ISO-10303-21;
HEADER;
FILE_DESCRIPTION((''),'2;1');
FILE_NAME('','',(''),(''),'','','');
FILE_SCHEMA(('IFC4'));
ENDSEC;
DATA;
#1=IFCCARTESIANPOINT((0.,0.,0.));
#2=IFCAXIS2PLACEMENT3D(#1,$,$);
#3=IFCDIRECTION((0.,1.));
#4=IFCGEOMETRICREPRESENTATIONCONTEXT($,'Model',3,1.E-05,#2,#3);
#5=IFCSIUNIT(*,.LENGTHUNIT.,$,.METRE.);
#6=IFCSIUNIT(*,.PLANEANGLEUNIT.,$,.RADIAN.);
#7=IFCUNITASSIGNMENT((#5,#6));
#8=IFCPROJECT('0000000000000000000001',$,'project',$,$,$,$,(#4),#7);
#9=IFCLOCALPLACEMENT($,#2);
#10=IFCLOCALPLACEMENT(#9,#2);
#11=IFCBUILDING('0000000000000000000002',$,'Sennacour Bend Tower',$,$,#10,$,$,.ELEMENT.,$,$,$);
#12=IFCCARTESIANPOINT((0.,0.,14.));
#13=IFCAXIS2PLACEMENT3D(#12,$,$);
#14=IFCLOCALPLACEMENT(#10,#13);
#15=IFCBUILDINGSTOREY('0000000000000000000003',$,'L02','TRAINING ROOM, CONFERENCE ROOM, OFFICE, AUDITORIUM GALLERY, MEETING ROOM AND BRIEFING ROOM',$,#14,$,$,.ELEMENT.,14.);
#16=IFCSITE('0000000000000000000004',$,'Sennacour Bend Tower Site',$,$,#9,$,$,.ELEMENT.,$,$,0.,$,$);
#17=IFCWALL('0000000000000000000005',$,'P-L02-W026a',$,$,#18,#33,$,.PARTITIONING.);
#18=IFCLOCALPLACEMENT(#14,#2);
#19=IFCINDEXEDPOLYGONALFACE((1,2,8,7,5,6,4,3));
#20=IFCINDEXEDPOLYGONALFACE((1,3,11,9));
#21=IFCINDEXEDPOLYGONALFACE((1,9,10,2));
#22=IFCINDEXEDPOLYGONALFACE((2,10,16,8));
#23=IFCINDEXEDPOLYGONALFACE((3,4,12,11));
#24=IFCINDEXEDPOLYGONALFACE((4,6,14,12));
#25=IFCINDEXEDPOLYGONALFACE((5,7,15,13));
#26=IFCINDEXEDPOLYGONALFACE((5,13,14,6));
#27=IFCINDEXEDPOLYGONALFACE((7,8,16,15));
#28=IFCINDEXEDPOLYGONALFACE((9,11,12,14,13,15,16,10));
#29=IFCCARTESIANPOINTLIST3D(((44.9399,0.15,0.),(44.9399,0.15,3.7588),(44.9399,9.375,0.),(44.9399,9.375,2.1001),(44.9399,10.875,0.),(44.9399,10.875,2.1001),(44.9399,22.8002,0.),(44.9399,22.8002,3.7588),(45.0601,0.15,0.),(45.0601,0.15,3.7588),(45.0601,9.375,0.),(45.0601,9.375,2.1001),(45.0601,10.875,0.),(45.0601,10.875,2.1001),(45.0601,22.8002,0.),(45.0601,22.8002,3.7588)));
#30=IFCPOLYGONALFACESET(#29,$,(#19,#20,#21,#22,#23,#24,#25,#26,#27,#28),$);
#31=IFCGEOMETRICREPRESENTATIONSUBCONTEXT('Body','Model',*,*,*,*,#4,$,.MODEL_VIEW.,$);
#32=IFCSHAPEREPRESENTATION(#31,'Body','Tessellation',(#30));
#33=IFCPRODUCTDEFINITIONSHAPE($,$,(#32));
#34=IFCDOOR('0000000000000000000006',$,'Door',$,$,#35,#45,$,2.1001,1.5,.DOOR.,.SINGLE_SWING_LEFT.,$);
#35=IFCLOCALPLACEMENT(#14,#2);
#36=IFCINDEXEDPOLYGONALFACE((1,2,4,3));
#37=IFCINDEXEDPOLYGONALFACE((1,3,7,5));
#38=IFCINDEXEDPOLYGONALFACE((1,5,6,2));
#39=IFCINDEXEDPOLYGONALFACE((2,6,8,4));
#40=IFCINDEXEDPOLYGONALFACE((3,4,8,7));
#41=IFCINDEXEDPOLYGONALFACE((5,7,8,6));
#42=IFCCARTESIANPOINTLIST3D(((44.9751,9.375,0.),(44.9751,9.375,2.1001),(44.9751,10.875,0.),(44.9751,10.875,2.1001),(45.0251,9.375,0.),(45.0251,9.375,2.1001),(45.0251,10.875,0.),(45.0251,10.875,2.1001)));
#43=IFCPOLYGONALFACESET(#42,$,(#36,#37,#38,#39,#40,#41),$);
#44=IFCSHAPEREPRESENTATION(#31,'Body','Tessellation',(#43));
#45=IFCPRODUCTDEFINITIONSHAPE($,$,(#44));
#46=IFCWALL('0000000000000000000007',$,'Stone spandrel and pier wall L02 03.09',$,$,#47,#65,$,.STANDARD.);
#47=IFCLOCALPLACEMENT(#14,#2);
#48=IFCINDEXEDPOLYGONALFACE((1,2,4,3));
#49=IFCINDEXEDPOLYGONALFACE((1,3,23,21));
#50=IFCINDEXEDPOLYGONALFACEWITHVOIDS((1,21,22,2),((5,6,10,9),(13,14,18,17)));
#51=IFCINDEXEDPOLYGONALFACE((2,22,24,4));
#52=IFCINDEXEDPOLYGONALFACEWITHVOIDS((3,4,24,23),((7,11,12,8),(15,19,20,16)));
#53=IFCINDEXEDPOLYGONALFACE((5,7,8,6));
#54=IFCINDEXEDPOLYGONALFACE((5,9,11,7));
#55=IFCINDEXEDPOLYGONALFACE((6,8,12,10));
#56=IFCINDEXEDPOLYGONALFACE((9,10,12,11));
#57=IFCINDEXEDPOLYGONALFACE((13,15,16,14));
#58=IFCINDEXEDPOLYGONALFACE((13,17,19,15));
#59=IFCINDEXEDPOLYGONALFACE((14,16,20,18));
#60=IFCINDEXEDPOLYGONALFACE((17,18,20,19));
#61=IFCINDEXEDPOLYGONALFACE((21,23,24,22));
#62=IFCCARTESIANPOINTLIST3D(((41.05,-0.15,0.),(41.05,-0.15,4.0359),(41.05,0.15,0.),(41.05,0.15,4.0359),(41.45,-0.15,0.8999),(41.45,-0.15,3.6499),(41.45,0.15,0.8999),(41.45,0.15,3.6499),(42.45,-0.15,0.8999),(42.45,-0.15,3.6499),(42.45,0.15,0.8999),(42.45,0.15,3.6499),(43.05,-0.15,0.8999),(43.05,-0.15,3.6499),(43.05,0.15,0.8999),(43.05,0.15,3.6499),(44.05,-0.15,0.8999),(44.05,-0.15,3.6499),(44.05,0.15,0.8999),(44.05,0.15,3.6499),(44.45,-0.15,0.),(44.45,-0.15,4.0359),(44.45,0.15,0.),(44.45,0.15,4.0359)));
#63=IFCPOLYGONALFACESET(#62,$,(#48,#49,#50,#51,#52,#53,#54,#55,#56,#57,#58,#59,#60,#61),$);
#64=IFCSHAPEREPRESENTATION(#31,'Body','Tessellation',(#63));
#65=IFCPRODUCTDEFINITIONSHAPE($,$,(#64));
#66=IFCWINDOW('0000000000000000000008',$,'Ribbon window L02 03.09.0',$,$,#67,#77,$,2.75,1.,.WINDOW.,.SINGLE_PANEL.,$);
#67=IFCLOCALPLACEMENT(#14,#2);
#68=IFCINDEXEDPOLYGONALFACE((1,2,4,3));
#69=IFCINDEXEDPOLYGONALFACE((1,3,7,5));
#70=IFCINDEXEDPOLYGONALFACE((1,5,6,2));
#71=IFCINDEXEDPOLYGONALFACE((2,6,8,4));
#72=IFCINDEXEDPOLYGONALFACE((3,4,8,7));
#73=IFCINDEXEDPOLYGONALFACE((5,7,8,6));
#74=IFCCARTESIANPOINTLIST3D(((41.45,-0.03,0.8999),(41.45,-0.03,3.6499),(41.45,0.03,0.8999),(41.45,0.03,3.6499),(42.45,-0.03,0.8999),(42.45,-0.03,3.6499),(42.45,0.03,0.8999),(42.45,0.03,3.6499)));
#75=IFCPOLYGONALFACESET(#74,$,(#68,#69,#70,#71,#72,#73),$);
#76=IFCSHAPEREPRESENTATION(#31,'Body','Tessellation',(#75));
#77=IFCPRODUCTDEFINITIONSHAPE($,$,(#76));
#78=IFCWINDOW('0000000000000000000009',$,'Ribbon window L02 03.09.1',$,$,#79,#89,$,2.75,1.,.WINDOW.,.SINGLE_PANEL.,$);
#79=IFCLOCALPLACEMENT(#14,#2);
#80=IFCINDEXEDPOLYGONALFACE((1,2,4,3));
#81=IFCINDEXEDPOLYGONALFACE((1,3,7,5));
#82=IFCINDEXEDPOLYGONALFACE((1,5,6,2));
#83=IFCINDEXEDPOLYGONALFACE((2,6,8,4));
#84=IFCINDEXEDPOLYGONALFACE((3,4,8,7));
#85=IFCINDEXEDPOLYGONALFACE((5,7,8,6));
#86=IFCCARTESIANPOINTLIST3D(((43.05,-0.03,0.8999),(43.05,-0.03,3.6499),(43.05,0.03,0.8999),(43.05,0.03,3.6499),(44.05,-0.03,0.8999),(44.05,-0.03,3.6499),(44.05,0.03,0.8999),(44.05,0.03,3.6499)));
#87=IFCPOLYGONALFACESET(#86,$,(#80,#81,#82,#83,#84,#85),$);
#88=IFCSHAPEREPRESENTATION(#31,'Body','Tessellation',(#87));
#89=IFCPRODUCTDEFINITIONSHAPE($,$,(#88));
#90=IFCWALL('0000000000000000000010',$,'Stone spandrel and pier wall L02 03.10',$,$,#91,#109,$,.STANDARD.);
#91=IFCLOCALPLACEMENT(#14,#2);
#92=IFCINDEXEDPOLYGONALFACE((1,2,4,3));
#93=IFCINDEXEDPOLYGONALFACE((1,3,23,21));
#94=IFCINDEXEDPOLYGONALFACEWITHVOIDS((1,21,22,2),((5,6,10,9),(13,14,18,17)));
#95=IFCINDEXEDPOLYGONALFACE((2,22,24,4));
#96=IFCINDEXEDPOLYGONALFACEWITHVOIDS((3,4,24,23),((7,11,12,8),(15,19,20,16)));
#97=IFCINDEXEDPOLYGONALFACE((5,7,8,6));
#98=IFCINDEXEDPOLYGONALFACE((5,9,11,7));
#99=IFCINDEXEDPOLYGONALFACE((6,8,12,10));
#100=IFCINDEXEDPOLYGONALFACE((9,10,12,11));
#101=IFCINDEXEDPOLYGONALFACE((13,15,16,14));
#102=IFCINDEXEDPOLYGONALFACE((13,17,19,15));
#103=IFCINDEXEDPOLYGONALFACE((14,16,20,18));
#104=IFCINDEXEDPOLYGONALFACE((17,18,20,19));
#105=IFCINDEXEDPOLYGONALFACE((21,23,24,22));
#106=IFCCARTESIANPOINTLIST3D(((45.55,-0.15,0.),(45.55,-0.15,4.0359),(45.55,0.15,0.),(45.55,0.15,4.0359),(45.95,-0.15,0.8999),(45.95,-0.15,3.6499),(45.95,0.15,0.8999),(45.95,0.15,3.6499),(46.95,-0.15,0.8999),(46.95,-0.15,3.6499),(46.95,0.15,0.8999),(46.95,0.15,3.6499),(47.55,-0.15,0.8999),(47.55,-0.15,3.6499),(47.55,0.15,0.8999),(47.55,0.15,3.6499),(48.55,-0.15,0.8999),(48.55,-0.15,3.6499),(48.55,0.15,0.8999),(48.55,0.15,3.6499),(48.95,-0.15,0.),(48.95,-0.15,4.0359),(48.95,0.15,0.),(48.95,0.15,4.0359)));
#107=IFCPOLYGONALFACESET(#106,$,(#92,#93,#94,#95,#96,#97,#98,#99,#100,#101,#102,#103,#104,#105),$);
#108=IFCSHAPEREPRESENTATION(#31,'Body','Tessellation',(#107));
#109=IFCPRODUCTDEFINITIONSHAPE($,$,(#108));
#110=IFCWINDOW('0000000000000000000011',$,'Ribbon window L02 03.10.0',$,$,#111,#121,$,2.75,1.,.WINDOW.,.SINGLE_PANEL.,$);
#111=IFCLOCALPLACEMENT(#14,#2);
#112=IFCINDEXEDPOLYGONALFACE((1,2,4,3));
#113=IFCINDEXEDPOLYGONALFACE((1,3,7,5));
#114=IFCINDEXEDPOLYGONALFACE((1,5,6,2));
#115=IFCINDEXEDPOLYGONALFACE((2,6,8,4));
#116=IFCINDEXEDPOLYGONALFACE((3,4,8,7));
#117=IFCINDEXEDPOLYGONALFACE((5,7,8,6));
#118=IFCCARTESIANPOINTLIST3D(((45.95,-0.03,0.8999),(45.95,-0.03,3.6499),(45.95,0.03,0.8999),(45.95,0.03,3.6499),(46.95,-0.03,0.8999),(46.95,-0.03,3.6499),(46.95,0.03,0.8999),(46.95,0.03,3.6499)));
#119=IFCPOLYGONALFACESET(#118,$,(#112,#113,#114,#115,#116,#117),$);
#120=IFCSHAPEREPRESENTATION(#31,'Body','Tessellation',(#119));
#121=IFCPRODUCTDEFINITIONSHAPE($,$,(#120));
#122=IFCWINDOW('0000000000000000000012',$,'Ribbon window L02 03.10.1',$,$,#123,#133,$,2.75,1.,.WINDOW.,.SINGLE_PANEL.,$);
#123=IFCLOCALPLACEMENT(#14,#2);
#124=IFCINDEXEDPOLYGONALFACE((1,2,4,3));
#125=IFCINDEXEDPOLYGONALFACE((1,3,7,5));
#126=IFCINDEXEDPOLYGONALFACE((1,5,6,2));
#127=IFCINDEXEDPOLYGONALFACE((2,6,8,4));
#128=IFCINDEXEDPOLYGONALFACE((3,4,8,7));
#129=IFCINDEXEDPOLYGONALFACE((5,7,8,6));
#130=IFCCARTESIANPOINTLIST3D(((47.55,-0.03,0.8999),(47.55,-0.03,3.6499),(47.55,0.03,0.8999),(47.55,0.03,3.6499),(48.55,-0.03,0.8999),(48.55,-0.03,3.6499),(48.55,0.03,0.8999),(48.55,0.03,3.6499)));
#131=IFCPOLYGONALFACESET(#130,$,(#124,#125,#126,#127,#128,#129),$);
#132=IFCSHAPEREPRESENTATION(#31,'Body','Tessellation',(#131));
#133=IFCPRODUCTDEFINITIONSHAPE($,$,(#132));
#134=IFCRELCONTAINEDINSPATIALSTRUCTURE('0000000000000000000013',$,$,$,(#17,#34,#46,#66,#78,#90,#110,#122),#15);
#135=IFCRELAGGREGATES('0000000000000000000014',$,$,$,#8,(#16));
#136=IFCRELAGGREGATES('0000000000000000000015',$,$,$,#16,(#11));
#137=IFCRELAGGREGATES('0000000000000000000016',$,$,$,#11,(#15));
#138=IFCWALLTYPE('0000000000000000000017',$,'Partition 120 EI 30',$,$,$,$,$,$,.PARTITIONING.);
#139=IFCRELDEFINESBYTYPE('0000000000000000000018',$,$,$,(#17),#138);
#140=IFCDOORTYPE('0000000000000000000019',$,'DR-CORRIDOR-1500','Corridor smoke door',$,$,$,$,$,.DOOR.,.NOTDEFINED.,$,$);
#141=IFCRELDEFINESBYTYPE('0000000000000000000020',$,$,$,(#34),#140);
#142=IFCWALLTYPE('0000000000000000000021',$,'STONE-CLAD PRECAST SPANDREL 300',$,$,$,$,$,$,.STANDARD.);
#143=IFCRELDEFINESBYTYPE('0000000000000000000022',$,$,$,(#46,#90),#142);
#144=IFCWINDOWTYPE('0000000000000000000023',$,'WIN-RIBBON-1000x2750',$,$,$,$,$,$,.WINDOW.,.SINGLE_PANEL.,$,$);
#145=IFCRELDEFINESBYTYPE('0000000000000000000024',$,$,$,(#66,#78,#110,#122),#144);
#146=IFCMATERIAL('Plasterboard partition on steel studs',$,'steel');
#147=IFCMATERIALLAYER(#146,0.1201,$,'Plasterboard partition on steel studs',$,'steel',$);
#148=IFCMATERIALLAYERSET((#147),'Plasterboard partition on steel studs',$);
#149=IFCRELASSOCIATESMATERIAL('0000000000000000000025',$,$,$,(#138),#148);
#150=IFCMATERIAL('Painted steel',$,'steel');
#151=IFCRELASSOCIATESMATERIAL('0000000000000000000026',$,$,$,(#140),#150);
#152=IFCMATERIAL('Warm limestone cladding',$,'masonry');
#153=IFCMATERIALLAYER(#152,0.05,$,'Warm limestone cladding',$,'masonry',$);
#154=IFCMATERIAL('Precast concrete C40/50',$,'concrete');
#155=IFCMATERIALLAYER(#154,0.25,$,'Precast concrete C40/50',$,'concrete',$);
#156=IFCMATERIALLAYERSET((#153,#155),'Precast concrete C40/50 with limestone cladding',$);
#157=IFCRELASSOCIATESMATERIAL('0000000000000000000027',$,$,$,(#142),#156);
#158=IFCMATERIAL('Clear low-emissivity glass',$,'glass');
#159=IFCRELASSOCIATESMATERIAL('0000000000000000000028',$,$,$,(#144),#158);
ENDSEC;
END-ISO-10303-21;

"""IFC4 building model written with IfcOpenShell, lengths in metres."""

from ifc_helpers import new_model, si_unit, direction, frame, frame_2d, origin, place, context, subcontext, project, spatial, rectangle, extrude, material, layer, layer_set, type_object, element, fill, save


model = new_model("IFC4")

# Units and contexts
model_context = context("Model", 3, precision=1e-05, world=origin(), true_north=direction((0.0, 1.0)))
body_context = subcontext(model_context, "Body", "Model", "MODEL_VIEW")
ifc_project = project(units=[si_unit("LENGTHUNIT", "METRE"), si_unit("PLANEANGLEUNIT", "RADIAN")], contexts=[model_context])

# Site, building, storey
site_placement = place(None, origin())
site = spatial("IfcSite", under=ifc_project, at=site_placement, Name="Sennacour Bend Tower Site", CompositionType="ELEMENT", RefElevation=0.0)
building_placement = place(site_placement, origin())
building = spatial("IfcBuilding", under=site, at=building_placement, Name="Sennacour Bend Tower", CompositionType="ELEMENT")
storey_placement = place(building_placement, frame((0.0, 0.0, 14.0)))
storey = spatial("IfcBuildingStorey", under=building, at=storey_placement, Name="L02", Description="TRAINING ROOM, CONFERENCE ROOM, OFFICE, AUDITORIUM GALLERY, MEETING ROOM AND BRIEFING ROOM", CompositionType="ELEMENT", Elevation=14.0)

# Shared definitions
ifc_material_1 = material(Name="Plasterboard partition on steel studs", Category="steel")

# Wall, opening, door
ifc_layer_1 = layer(ifc_material_1, 0.1201, Name="Plasterboard partition on steel studs", Category="steel")
ifc_layer_set_1 = layer_set([ifc_layer_1], Name="Plasterboard partition on steel studs")
wall_type_1 = type_object("IfcWallType", Name="Partition 120 EI 30", PredefinedType="PARTITIONING", material=ifc_layer_set_1)
wall_1_placement = place(storey_placement, frame((45.0, 0.1499, 0.0), z_axis=(0.0, 0.0, 1.0), x_axis=(0.0, 1.0, 0.0)))
wall_1 = element("IfcWall", 1, at=wall_1_placement, inside=storey, type_object=wall_type_1, Name="P-L02-W026a", PredefinedType="PARTITIONING", context=body_context, shape_type="SweptSolid", body=[
    extrude(rectangle(XDim=22.6501, YDim=0.1201, at=frame_2d((11.3252, 0.0))), origin(), (0.0, 0.0, 1.0), 3.7588),
])
opening_1_placement = place(wall_1_placement, frame((9.2251, 0.0, 0.0)))
opening_1 = element("IfcOpeningElement", 2, at=opening_1_placement, cuts=wall_1, PredefinedType="OPENING", context=body_context, shape_type="SweptSolid", body=[
    extrude(rectangle(XDim=1.5, YDim=2.1001, at=frame_2d((0.75, 1.05))), frame((0.0, 0.0701, 0.0), z_axis=(0.0, -1.0, 0.0), x_axis=(1.0, 0.0, 0.0)), (0.0, 0.0, 1.0), 0.1401),
])
ifc_material_2 = material(Name="Painted steel", Category="steel")
door_type = type_object("IfcDoorType", Name="DR-CORRIDOR-1500", Description="Corridor smoke door", OperationType="NOTDEFINED", PredefinedType="DOOR", material=ifc_material_2)
door_placement = place(opening_1_placement, origin())
door = element("IfcDoor", 3, at=door_placement, inside=storey, type_object=door_type, Name="Door", OperationType="SINGLE_SWING_LEFT", OverallHeight=2.1001, OverallWidth=1.5, PredefinedType="DOOR", context=body_context, shape_type="SweptSolid", body=[
    extrude(rectangle(XDim=1.5, YDim=2.1001, at=frame_2d((0.75, 1.05))), frame((0.0, 0.0249, 0.0), z_axis=(0.0, -1.0, 0.0), x_axis=(1.0, 0.0, 0.0)), (0.0, 0.0, 1.0), 0.05),
])
fill(opening_1, door)

# Walls, openings, windows
ifc_material_3 = material(Name="Warm limestone cladding", Category="masonry")
ifc_layer_2 = layer(ifc_material_3, 0.05, Name="Warm limestone cladding", Category="masonry")
ifc_material_4 = material(Name="Precast concrete C40/50", Category="concrete")
ifc_layer_3 = layer(ifc_material_4, 0.25, Name="Precast concrete C40/50", Category="concrete")
ifc_layer_set_2 = layer_set([ifc_layer_2, ifc_layer_3], Name="Precast concrete C40/50 with limestone cladding")
wall_type_2 = type_object("IfcWallType", Name="STONE-CLAD PRECAST SPANDREL 300", PredefinedType="STANDARD", material=ifc_layer_set_2)
wall_2_placement = place(storey_placement, frame((41.05, 0.0, 0.0), z_axis=(0.0, 0.0, 1.0), x_axis=(1.0, 0.0, 0.0)))
wall_2 = element("IfcWall", 4, at=wall_2_placement, inside=storey, type_object=wall_type_2, Name="Stone spandrel and pier wall L02 03.09", PredefinedType="STANDARD", context=body_context, shape_type="SweptSolid", body=[
    extrude(rectangle(XDim=3.3999, YDim=0.3, at=frame_2d((1.7, 0.0))), origin(), (0.0, 0.0, 1.0), 4.0359),
])
opening_2_placement = place(wall_2_placement, frame((0.3999, 0.0, 0.8999)))
opening_2 = element("IfcOpeningElement", 5, at=opening_2_placement, cuts=wall_2, PredefinedType="OPENING", context=body_context, shape_type="SweptSolid", body=[
    extrude(rectangle(XDim=1.0, YDim=2.75, at=frame_2d((0.5, 1.375))), frame((0.0, 0.1602, 0.0), z_axis=(0.0, -1.0, 0.0), x_axis=(1.0, 0.0, 0.0)), (0.0, 0.0, 1.0), 0.3201),
])
opening_3_placement = place(wall_2_placement, frame((2.0, 0.0, 0.8999)))
opening_3 = element("IfcOpeningElement", 6, at=opening_3_placement, cuts=wall_2, PredefinedType="OPENING", context=body_context, shape_type="SweptSolid", body=[
    extrude(rectangle(XDim=1.0, YDim=2.75, at=frame_2d((0.5, 1.375))), frame((0.0, 0.1602, 0.0), z_axis=(0.0, -1.0, 0.0), x_axis=(1.0, 0.0, 0.0)), (0.0, 0.0, 1.0), 0.3201),
])
ifc_material_5 = material(Name="Clear low-emissivity glass", Category="glass")
window_type = type_object("IfcWindowType", Name="WIN-RIBBON-1000x2750", PartitioningType="SINGLE_PANEL", PredefinedType="WINDOW", material=ifc_material_5)
window_1_placement = place(opening_2_placement, origin())
window_1 = element("IfcWindow", 7, at=window_1_placement, inside=storey, type_object=window_type, Name="Ribbon window L02 03.09.0", OverallHeight=2.75, OverallWidth=1.0, PartitioningType="SINGLE_PANEL", PredefinedType="WINDOW", context=body_context, shape_type="SweptSolid", body=[
    extrude(rectangle(XDim=1.0, YDim=2.75, at=frame_2d((0.5, 1.375))), frame((0.0, 0.03, 0.0), z_axis=(0.0, -1.0, 0.0), x_axis=(1.0, 0.0, 0.0)), (0.0, 0.0, 1.0), 0.0601),
])
fill(opening_2, window_1)
window_2_placement = place(opening_3_placement, origin())
window_2 = element("IfcWindow", 8, at=window_2_placement, inside=storey, type_object=window_type, Name="Ribbon window L02 03.09.1", OverallHeight=2.75, OverallWidth=1.0, PartitioningType="SINGLE_PANEL", PredefinedType="WINDOW", context=body_context, shape_type="SweptSolid", body=[
    extrude(rectangle(XDim=1.0, YDim=2.75, at=frame_2d((0.5, 1.375))), frame((0.0, 0.03, 0.0), z_axis=(0.0, -1.0, 0.0), x_axis=(1.0, 0.0, 0.0)), (0.0, 0.0, 1.0), 0.0601),
])
fill(opening_3, window_2)
wall_3_placement = place(storey_placement, frame((45.55, 0.0, 0.0), z_axis=(0.0, 0.0, 1.0), x_axis=(1.0, 0.0, 0.0)))
wall_3 = element("IfcWall", 9, at=wall_3_placement, inside=storey, type_object=wall_type_2, Name="Stone spandrel and pier wall L02 03.10", PredefinedType="STANDARD", context=body_context, shape_type="SweptSolid", body=[
    extrude(rectangle(XDim=3.3999, YDim=0.3, at=frame_2d((1.7, 0.0))), origin(), (0.0, 0.0, 1.0), 4.0359),
])
opening_4_placement = place(wall_3_placement, frame((0.3999, 0.0, 0.8999)))
opening_4 = element("IfcOpeningElement", 10, at=opening_4_placement, cuts=wall_3, PredefinedType="OPENING", context=body_context, shape_type="SweptSolid", body=[
    extrude(rectangle(XDim=1.0, YDim=2.75, at=frame_2d((0.5, 1.375))), frame((0.0, 0.1602, 0.0), z_axis=(0.0, -1.0, 0.0), x_axis=(1.0, 0.0, 0.0)), (0.0, 0.0, 1.0), 0.3201),
])
opening_5_placement = place(wall_3_placement, frame((2.0, 0.0, 0.8999)))
opening_5 = element("IfcOpeningElement", 11, at=opening_5_placement, cuts=wall_3, PredefinedType="OPENING", context=body_context, shape_type="SweptSolid", body=[
    extrude(rectangle(XDim=1.0, YDim=2.75, at=frame_2d((0.5, 1.375))), frame((0.0, 0.1602, 0.0), z_axis=(0.0, -1.0, 0.0), x_axis=(1.0, 0.0, 0.0)), (0.0, 0.0, 1.0), 0.3201),
])
window_3_placement = place(opening_4_placement, origin())
window_3 = element("IfcWindow", 12, at=window_3_placement, inside=storey, type_object=window_type, Name="Ribbon window L02 03.10.0", OverallHeight=2.75, OverallWidth=1.0, PartitioningType="SINGLE_PANEL", PredefinedType="WINDOW", context=body_context, shape_type="SweptSolid", body=[
    extrude(rectangle(XDim=1.0, YDim=2.75, at=frame_2d((0.5, 1.375))), frame((0.0, 0.03, 0.0), z_axis=(0.0, -1.0, 0.0), x_axis=(1.0, 0.0, 0.0)), (0.0, 0.0, 1.0), 0.0601),
])
fill(opening_4, window_3)
window_4_placement = place(opening_5_placement, origin())
window_4 = element("IfcWindow", 13, at=window_4_placement, inside=storey, type_object=window_type, Name="Ribbon window L02 03.10.1", OverallHeight=2.75, OverallWidth=1.0, PartitioningType="SINGLE_PANEL", PredefinedType="WINDOW", context=body_context, shape_type="SweptSolid", body=[
    extrude(rectangle(XDim=1.0, YDim=2.75, at=frame_2d((0.5, 1.375))), frame((0.0, 0.03, 0.0), z_axis=(0.0, -1.0, 0.0), x_axis=(1.0, 0.0, 0.0)), (0.0, 0.0, 1.0), 0.0601),
])
fill(opening_5, window_4)

save(model, "model.ifc")
